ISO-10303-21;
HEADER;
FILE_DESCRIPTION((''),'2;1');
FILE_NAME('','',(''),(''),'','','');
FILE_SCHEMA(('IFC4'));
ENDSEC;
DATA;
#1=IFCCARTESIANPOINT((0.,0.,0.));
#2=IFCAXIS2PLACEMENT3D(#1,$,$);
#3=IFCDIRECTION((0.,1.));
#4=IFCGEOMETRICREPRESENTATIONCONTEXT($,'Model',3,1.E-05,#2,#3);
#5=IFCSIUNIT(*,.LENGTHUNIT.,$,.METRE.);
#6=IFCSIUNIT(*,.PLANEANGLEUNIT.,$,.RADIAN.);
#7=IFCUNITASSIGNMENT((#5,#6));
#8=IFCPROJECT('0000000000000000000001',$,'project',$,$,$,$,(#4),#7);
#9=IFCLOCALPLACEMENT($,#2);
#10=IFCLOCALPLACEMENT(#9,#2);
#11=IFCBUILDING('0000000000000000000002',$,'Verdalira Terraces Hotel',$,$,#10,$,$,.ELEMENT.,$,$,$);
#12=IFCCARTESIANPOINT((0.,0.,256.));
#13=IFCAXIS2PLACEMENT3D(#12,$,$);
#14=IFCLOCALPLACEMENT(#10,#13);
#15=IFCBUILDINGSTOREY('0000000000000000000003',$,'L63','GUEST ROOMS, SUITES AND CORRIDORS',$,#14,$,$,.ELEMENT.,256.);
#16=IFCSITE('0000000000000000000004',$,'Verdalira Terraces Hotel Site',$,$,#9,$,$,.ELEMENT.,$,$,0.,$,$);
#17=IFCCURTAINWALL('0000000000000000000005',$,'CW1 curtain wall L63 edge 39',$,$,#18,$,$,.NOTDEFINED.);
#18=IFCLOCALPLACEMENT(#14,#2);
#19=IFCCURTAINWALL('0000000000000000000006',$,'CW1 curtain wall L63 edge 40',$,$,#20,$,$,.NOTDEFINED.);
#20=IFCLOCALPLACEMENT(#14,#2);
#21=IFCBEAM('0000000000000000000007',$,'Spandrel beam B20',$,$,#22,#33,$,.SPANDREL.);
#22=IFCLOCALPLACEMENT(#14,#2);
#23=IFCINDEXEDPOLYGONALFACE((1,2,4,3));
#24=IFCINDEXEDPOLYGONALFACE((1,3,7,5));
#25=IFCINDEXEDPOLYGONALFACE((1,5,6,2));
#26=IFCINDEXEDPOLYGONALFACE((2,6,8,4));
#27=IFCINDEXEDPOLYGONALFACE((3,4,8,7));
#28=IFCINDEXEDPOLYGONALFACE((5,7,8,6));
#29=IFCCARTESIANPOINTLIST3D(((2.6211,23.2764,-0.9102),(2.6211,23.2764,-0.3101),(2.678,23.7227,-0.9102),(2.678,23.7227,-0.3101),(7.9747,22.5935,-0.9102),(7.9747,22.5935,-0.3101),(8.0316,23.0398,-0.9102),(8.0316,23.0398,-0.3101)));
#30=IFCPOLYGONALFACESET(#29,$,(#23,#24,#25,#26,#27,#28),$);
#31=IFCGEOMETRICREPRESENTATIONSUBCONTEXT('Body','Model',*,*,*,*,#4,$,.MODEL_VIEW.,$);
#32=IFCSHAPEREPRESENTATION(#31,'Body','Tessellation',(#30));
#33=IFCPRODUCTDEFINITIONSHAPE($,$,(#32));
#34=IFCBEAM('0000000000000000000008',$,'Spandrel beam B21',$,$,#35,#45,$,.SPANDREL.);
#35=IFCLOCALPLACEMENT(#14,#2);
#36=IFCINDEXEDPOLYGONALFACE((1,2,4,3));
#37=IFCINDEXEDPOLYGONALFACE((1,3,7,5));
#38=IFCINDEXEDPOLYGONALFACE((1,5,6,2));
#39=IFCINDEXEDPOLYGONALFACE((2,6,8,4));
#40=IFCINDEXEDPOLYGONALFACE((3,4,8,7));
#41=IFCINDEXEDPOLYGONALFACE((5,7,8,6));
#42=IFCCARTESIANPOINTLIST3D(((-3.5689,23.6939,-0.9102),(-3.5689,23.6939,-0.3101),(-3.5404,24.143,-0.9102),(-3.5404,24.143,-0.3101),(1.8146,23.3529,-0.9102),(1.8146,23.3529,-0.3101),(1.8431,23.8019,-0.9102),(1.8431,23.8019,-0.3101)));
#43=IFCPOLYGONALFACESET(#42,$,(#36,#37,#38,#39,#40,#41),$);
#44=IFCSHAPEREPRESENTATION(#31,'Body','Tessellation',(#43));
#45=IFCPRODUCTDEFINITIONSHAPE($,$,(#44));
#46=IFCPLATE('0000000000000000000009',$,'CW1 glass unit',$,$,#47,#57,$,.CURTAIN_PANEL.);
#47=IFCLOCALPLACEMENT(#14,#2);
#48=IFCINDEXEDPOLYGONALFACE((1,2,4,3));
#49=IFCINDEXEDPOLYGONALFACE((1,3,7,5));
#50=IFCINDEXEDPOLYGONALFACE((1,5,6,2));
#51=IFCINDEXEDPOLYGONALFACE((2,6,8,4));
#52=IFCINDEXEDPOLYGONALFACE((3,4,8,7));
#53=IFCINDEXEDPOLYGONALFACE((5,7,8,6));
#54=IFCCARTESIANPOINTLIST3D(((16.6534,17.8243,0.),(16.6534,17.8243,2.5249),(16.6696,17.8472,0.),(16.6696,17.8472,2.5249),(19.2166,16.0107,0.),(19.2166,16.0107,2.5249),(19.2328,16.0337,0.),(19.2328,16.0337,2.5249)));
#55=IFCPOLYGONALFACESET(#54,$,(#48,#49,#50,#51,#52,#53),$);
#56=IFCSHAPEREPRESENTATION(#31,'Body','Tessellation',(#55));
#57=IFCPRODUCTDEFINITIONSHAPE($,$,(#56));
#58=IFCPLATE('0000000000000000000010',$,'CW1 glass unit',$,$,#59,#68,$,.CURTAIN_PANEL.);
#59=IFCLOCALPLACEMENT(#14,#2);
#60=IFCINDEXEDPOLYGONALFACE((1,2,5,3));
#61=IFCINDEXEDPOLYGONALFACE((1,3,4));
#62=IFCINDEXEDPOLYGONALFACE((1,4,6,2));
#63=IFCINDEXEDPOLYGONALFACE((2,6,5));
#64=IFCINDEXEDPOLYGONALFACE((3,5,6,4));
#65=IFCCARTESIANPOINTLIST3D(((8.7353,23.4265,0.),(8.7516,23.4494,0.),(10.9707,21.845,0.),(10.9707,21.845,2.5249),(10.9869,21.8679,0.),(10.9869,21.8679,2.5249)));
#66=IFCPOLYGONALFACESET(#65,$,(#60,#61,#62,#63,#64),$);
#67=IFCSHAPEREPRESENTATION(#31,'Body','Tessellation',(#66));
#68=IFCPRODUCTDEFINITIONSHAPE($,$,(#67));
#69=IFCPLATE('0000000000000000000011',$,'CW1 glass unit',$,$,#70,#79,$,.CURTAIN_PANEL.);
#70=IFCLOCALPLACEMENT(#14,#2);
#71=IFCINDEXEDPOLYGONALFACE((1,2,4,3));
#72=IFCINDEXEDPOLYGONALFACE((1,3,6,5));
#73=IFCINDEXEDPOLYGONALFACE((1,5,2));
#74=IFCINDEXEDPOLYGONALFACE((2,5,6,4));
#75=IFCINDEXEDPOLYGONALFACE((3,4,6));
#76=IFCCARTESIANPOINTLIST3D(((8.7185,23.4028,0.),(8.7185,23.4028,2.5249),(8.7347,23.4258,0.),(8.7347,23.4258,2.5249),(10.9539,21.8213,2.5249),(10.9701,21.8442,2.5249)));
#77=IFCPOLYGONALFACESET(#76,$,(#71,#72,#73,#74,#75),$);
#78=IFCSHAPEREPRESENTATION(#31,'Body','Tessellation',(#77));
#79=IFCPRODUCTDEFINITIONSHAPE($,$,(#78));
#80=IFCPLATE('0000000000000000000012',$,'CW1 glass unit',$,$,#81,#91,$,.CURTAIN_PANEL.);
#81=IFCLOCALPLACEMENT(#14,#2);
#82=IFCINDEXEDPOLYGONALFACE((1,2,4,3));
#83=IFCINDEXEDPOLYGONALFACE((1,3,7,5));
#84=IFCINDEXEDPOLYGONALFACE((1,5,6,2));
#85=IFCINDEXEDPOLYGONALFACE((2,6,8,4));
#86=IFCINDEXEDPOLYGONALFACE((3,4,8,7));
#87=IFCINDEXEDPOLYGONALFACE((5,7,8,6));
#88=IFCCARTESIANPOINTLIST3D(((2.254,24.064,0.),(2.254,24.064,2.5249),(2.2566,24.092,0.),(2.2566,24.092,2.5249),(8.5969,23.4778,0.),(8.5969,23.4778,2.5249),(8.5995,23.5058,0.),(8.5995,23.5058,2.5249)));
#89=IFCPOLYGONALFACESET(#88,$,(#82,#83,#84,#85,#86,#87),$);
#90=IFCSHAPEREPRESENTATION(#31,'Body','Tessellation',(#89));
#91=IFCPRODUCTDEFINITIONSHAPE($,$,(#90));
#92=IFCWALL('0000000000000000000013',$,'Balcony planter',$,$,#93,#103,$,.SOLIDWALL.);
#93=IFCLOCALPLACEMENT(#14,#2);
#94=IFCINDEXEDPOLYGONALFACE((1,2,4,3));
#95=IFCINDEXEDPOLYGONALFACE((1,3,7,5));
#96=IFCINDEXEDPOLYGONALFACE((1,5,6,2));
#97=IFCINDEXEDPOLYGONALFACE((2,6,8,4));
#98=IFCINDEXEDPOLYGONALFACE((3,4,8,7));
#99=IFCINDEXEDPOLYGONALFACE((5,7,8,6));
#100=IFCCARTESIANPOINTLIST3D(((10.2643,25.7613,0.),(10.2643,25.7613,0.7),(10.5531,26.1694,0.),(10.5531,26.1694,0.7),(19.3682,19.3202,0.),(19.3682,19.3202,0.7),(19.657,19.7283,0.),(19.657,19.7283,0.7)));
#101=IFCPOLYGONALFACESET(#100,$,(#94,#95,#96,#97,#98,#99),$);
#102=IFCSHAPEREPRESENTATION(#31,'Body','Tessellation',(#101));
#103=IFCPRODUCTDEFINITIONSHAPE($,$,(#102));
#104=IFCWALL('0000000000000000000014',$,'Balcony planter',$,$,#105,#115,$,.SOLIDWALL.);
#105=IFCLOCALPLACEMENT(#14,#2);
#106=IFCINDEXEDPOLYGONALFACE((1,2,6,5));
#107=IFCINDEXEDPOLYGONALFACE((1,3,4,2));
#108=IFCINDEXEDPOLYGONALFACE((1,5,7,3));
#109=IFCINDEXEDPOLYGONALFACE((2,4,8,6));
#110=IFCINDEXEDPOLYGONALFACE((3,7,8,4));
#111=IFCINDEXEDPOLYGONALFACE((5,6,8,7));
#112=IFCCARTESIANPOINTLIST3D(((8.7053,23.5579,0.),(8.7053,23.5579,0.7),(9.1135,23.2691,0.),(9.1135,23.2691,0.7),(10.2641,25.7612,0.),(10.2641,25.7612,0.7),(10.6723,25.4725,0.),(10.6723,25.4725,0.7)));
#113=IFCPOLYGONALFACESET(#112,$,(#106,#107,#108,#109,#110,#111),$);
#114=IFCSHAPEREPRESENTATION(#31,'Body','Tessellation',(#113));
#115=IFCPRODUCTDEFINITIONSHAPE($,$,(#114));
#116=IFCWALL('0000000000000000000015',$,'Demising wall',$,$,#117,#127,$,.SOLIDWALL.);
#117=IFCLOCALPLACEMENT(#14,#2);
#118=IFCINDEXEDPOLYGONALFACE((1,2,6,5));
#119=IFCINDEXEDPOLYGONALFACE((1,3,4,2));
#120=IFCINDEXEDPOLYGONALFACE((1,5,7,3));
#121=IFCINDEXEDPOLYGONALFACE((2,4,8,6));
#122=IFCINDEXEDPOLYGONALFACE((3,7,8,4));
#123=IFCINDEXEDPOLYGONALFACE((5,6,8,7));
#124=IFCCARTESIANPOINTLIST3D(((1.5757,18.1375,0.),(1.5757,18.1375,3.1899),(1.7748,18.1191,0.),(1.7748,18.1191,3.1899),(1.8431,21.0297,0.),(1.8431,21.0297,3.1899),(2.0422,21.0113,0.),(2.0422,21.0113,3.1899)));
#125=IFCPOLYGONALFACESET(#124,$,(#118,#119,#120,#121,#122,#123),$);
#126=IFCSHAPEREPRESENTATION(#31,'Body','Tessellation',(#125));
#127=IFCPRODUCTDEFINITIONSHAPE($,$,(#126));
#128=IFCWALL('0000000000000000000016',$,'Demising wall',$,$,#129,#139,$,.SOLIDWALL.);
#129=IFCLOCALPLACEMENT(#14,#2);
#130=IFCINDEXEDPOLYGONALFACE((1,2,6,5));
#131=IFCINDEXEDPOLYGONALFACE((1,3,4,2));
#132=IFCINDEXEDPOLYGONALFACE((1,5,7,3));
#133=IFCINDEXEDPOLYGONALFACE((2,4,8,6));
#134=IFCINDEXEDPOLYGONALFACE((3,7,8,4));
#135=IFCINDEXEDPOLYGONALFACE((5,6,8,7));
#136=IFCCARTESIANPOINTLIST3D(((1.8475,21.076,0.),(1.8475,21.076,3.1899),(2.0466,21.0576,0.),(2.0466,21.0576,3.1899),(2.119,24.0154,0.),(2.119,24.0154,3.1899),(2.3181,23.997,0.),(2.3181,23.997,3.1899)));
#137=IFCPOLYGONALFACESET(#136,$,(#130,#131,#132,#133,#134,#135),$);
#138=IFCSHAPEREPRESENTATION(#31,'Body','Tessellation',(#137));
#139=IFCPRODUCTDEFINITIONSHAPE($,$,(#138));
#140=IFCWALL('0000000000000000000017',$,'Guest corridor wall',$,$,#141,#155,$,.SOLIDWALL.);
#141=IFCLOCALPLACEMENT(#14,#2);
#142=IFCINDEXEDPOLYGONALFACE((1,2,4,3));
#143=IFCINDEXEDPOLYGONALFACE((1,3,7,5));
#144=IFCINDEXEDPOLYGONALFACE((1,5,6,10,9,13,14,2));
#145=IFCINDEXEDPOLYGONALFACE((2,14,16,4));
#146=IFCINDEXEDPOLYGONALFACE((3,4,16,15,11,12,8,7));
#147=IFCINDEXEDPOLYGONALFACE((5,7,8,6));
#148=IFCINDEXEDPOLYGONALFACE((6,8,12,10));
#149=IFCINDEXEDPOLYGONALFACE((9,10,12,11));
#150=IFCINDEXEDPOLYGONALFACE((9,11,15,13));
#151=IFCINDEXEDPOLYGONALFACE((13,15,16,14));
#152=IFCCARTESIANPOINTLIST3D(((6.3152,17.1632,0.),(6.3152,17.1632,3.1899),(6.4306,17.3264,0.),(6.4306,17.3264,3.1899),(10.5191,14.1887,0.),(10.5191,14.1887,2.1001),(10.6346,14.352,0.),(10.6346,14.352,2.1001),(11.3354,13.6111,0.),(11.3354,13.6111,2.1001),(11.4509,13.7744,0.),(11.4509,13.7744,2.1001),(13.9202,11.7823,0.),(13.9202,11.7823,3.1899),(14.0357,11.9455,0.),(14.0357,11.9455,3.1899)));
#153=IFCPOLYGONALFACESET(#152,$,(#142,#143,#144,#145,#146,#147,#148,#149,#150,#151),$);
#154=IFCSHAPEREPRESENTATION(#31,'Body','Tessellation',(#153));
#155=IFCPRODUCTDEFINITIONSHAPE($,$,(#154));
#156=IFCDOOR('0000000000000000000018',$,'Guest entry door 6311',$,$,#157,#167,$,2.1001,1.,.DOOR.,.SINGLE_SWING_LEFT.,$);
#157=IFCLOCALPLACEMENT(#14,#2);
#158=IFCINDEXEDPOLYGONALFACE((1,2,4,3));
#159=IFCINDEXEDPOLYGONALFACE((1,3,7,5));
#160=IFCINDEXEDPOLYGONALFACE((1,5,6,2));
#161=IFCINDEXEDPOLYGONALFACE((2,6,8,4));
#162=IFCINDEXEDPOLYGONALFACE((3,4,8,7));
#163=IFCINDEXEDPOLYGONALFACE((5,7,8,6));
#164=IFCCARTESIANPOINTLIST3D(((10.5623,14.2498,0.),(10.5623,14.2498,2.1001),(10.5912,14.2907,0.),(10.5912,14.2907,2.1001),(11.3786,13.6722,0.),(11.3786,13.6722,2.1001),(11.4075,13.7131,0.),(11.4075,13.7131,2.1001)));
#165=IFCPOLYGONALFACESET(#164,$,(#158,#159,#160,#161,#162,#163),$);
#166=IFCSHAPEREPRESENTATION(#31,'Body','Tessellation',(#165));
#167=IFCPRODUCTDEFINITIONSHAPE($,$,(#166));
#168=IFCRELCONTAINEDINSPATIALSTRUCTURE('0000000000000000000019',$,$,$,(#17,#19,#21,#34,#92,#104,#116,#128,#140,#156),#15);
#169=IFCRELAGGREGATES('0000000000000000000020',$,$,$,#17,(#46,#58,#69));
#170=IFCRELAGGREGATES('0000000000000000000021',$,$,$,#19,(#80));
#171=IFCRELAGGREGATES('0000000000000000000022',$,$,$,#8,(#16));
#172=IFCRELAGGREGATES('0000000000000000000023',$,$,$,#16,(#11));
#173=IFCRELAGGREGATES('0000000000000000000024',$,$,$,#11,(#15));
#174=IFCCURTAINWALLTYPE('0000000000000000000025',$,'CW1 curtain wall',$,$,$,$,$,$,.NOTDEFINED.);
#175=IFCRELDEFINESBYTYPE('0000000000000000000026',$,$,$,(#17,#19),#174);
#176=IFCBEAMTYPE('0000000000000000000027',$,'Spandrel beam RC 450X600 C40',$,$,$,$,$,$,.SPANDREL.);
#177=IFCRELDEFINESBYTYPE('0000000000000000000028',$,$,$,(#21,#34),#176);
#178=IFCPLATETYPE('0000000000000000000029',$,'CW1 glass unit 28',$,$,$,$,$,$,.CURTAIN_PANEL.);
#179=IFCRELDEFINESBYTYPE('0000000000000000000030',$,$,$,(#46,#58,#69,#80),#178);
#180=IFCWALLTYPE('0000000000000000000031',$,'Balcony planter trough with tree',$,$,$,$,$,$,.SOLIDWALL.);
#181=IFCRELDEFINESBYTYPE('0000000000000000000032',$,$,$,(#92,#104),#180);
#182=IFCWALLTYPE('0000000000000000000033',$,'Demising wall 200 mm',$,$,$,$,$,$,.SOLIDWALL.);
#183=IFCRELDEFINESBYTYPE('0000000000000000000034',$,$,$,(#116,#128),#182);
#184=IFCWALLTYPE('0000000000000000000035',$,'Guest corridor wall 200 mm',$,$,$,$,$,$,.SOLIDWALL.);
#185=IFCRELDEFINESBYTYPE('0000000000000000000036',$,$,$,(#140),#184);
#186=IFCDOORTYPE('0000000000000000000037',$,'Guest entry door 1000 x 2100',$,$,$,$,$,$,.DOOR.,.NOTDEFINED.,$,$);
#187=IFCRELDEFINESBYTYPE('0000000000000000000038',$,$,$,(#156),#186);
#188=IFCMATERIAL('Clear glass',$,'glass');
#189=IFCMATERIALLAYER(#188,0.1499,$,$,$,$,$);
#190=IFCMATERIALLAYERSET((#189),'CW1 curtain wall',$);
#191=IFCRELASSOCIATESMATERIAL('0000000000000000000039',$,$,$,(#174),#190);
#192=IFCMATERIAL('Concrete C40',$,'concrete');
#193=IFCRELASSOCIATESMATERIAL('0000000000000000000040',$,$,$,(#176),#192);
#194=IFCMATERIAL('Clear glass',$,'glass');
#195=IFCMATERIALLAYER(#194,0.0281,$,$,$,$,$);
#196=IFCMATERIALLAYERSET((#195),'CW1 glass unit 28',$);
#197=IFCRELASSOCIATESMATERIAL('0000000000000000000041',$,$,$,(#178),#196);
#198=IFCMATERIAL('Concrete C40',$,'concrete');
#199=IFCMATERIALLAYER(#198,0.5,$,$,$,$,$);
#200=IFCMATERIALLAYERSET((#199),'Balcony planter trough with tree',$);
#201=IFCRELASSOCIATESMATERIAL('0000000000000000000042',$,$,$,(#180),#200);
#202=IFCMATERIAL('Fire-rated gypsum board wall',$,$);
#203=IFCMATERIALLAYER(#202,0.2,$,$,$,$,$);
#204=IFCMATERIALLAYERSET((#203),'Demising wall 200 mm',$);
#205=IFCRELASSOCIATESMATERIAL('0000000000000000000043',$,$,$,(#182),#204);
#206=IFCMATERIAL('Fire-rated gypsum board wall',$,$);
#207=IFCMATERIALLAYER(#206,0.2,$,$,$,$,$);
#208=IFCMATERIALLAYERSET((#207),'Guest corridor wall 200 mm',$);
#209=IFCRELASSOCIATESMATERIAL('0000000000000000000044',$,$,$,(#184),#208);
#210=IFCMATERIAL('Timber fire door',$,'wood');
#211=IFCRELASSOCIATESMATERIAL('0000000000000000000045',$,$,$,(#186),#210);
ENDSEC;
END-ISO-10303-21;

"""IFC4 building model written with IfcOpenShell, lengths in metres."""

from ifc_helpers import new_model, si_unit, direction, frame, frame_2d, origin, origin_2d, place, context, subcontext, project, spatial, polyline, rectangle, outline, extrude, material, layer, layer_set, material_profile, profile_set, type_object, element, fill, aggregate, save


model = new_model("IFC4")

# Units and contexts
model_context = context("Model", 3, precision=1e-05, world=origin(), true_north=direction((0.0, 1.0)))
body_context = subcontext(model_context, "Body", "Model", "MODEL_VIEW")
ifc_project = project(units=[si_unit("LENGTHUNIT", "METRE"), si_unit("PLANEANGLEUNIT", "RADIAN")], contexts=[model_context])

# Site, building, storey
site_placement = place(None, origin())
site = spatial("IfcSite", under=ifc_project, at=site_placement, Name="Verdalira Terraces Hotel Site", CompositionType="ELEMENT", RefElevation=0.0)
building_placement = place(site_placement, origin())
building = spatial("IfcBuilding", under=site, at=building_placement, Name="Verdalira Terraces Hotel", CompositionType="ELEMENT")
storey_placement = place(building_placement, frame((0.0, 0.0, 256.0)))
storey = spatial("IfcBuildingStorey", under=building, at=storey_placement, Name="L63", Description="GUEST ROOMS, SUITES AND CORRIDORS", CompositionType="ELEMENT", Elevation=256.0)

# Curtain wall
ifc_material_1 = material(Name="Clear glass", Category="glass")
ifc_layer_1 = layer(ifc_material_1, 0.1499)
ifc_layer_set_1 = layer_set([ifc_layer_1], Name="CW1 curtain wall")
curtain_wall_type = type_object("IfcCurtainWallType", Name="CW1 curtain wall", PredefinedType="NOTDEFINED", material=ifc_layer_set_1)
curtain_wall_1_placement = place(storey_placement, origin())
curtain_wall_1 = element("IfcCurtainWall", 1, at=curtain_wall_1_placement, inside=storey, type_object=curtain_wall_type, Name="CW1 curtain wall L63 edge 39", PredefinedType="NOTDEFINED")

# Curtain wall
curtain_wall_2_placement = place(storey_placement, origin())
curtain_wall_2 = element("IfcCurtainWall", 2, at=curtain_wall_2_placement, inside=storey, type_object=curtain_wall_type, Name="CW1 curtain wall L63 edge 40", PredefinedType="NOTDEFINED")

# Beams
ifc_material_2 = material(Name="Concrete C40", Category="concrete")
ifc_material_profile_1 = material_profile(ifc_material_2, rectangle(XDim=0.45, YDim=0.6001, at=origin_2d()), Name="RC 450X600")
ifc_profile_set_1 = profile_set([ifc_material_profile_1], Name="Concrete C40")
beam_type_1 = type_object("IfcBeamType", Name="Spandrel beam RC 450X600 C40", PredefinedType="SPANDREL", material=ifc_profile_set_1)
beam_1_placement = place(storey_placement, frame((8.0032, 22.8166, -0.6101), z_axis=(-0.991963, 0.126529, 0.0), x_axis=(-0.126529, -0.991963, 0.0)))
element("IfcBeam", 3, at=beam_1_placement, inside=storey, type_object=beam_type_1, Name="Spandrel beam B20", PredefinedType="SPANDREL", context=body_context, shape_type="SweptSolid", body=[
    extrude(rectangle(XDim=0.45, YDim=0.6001, at=origin_2d()), origin(), (0.0, 0.0, 1.0), 5.397),
])
beam_2_placement = place(storey_placement, frame((1.8289, 23.5774, -0.6101), z_axis=(-0.997999, 0.063226, 0.0), x_axis=(-0.063226, -0.997999, 0.0)))
element("IfcBeam", 4, at=beam_2_placement, inside=storey, type_object=beam_type_1, Name="Spandrel beam B21", PredefinedType="SPANDREL", context=body_context, shape_type="SweptSolid", body=[
    extrude(rectangle(XDim=0.45, YDim=0.6001, at=origin_2d()), origin(), (0.0, 0.0, 1.0), 5.3943),
])

# Plates
ifc_material_3 = material(Name="Clear glass", Category="glass")
ifc_layer_2 = layer(ifc_material_3, 0.0281)
ifc_layer_set_2 = layer_set([ifc_layer_2], Name="CW1 glass unit 28")
plate_type = type_object("IfcPlateType", Name="CW1 glass unit 28", PredefinedType="CURTAIN_PANEL", material=ifc_layer_set_2)
plate_1_placement = place(storey_placement, frame((17.9431, 16.929, 0.0), z_axis=(0.0, 0.0, 1.0), x_axis=(-0.816339, 0.577573, 0.0)))
plate_1 = element("IfcPlate", 5, at=plate_1_placement, type_object=plate_type, Name="CW1 glass unit", PredefinedType="CURTAIN_PANEL", context=body_context, shape_type="SweptSolid", body=[
    extrude(rectangle(XDim=3.1399, YDim=0.0281, at=origin_2d()), origin(), (0.0, 0.0, 1.0), 2.5249),
])
plate_2_placement = place(storey_placement, frame((9.853, 22.6357, 1.2625), z_axis=(0.577573, 0.816339, 0.0), x_axis=(-0.816339, 0.577573, 0.0)))
plate_2 = element("IfcPlate", 6, at=plate_2_placement, type_object=plate_type, Name="CW1 glass unit", PredefinedType="CURTAIN_PANEL", context=body_context, shape_type="SweptSolid", body=[
    extrude(outline(polyline([(-1.3691, -1.2625), (1.3691, -1.2625), (-1.3691, 1.2625), (-1.3691, -1.2625)])), origin(), (0.0, 0.0, 1.0), 0.0281),
])
plate_3_placement = place(storey_placement, frame((9.8362, 22.6121, 1.2625), z_axis=(0.577573, 0.816339, 0.0), x_axis=(-0.816339, 0.577573, 0.0)))
plate_3 = element("IfcPlate", 7, at=plate_3_placement, type_object=plate_type, Name="CW1 glass unit", PredefinedType="CURTAIN_PANEL", context=body_context, shape_type="SweptSolid", body=[
    extrude(outline(polyline([(1.3691, -1.2625), (1.3691, 1.2625), (-1.3691, 1.2625), (1.3691, -1.2625)])), origin(), (0.0, 0.0, 1.0), 0.0281),
])
aggregate(curtain_wall_1, [plate_1, plate_2, plate_3])
plate_4_placement = place(storey_placement, frame((5.4268, 23.7849, 0.0), z_axis=(0.0, 0.0, 1.0), x_axis=(-0.995757, 0.092023, 0.0)))
plate_4 = element("IfcPlate", 8, at=plate_4_placement, type_object=plate_type, Name="CW1 glass unit", PredefinedType="CURTAIN_PANEL", context=body_context, shape_type="SweptSolid", body=[
    extrude(rectangle(XDim=6.3699, YDim=0.0281, at=origin_2d()), origin(), (0.0, 0.0, 1.0), 2.5249),
])
aggregate(curtain_wall_2, [plate_4])

# Walls
ifc_material_4 = material(Name="Concrete C40", Category="concrete")
ifc_layer_3 = layer(ifc_material_4, 0.5)
ifc_layer_set_3 = layer_set([ifc_layer_3], Name="Balcony planter trough with tree")
wall_type_1 = type_object("IfcWallType", Name="Balcony planter trough with tree", PredefinedType="SOLIDWALL", material=ifc_layer_set_3)
wall_1_placement = place(storey_placement, frame((19.5127, 19.5242, 0.0), z_axis=(0.0, 0.0, 1.0), x_axis=(-0.816342, 0.577569, 0.0)))
element("IfcWall", 9, at=wall_1_placement, inside=storey, type_object=wall_type_1, Name="Balcony planter", PredefinedType="SOLIDWALL", context=body_context, shape_type="SweptSolid", body=[
    extrude(rectangle(XDim=11.1521, YDim=0.5, at=frame_2d((5.5762, 0.0))), origin(), (0.0, 0.0, 1.0), 0.7),
])
wall_2_placement = place(storey_placement, frame((10.4683, 25.6169, 0.0), z_axis=(0.0, 0.0, 1.0), x_axis=(-0.577553, -0.816353, 0.0)))
element("IfcWall", 10, at=wall_2_placement, inside=storey, type_object=wall_type_1, Name="Balcony planter", PredefinedType="SOLIDWALL", context=body_context, shape_type="SweptSolid", body=[
    extrude(rectangle(XDim=2.699, YDim=0.5, at=frame_2d((1.3496, 0.0))), origin(), (0.0, 0.0, 1.0), 0.7),
])
ifc_material_5 = material(Name="Fire-rated gypsum board wall")
ifc_layer_4 = layer(ifc_material_5, 0.2)
ifc_layer_set_4 = layer_set([ifc_layer_4], Name="Demising wall 200 mm")
wall_type_2 = type_object("IfcWallType", Name="Demising wall 200 mm", PredefinedType="SOLIDWALL", material=ifc_layer_set_4)
wall_3_placement = place(storey_placement, frame((1.6753, 18.1284, 0.0), z_axis=(0.0, 0.0, 1.0), x_axis=(0.092036, 0.995756, 0.0)))
element("IfcWall", 11, at=wall_3_placement, inside=storey, type_object=wall_type_2, Name="Demising wall", PredefinedType="SOLIDWALL", context=body_context, shape_type="SweptSolid", body=[
    extrude(rectangle(XDim=2.9045, YDim=0.2, at=frame_2d((1.4521, 0.0))), origin(), (0.0, 0.0, 1.0), 3.1899),
])
wall_4_placement = place(storey_placement, frame((1.947, 21.0666, 0.0), z_axis=(0.0, 0.0, 1.0), x_axis=(0.091967, 0.995762, 0.0)))
element("IfcWall", 12, at=wall_4_placement, inside=storey, type_object=wall_type_2, Name="Demising wall", PredefinedType="SOLIDWALL", context=body_context, shape_type="SweptSolid", body=[
    extrude(rectangle(XDim=2.9519, YDim=0.2, at=frame_2d((1.4761, 0.0))), origin(), (0.0, 0.0, 1.0), 3.1899),
])

# Wall, opening, door
ifc_material_6 = material(Name="Fire-rated gypsum board wall")
ifc_layer_5 = layer(ifc_material_6, 0.2)
ifc_layer_set_5 = layer_set([ifc_layer_5], Name="Guest corridor wall 200 mm")
wall_type_3 = type_object("IfcWallType", Name="Guest corridor wall 200 mm", PredefinedType="SOLIDWALL", material=ifc_layer_set_5)
wall_5_placement = place(storey_placement, frame((6.3728, 17.2449, 0.0), z_axis=(0.0, 0.0, 1.0), x_axis=(0.816328, -0.577588, 0.0)))
wall_5 = element("IfcWall", 13, at=wall_5_placement, inside=storey, type_object=wall_type_3, Name="Guest corridor wall", PredefinedType="SOLIDWALL", context=body_context, shape_type="SweptSolid", body=[
    extrude(rectangle(XDim=9.3162, YDim=0.2, at=frame_2d((4.6582, 0.0))), origin(), (0.0, 0.0, 1.0), 3.1899),
])
opening_1_placement = place(wall_5_placement, frame((5.1499, 0.0, 0.0)))
opening_1 = element("IfcOpeningElement", 14, at=opening_1_placement, cuts=wall_5, PredefinedType="OPENING", context=body_context, shape_type="SweptSolid", body=[
    extrude(rectangle(XDim=1.0, YDim=2.1001, at=frame_2d((0.5, 1.05))), frame((0.0, 0.1099, 0.0), z_axis=(0.0, -1.0, 0.0), x_axis=(1.0, 0.0, 0.0)), (0.0, 0.0, 1.0), 0.22),
])
ifc_material_7 = material(Name="Timber fire door", Category="wood")
door_type_1 = type_object("IfcDoorType", Name="Guest entry door 1000 x 2100", OperationType="NOTDEFINED", PredefinedType="DOOR", material=ifc_material_7)
door_1_placement = place(opening_1_placement, origin())
door_1 = element("IfcDoor", 15, at=door_1_placement, inside=storey, type_object=door_type_1, Name="Guest entry door 6311", OperationType="SINGLE_SWING_LEFT", OverallHeight=2.1001, OverallWidth=1.0, PredefinedType="DOOR", context=body_context, shape_type="SweptSolid", body=[
    extrude(rectangle(XDim=1.0, YDim=2.1001, at=frame_2d((0.5, 1.05))), frame((0.0, 0.0249, 0.0), z_axis=(0.0, -1.0, 0.0), x_axis=(1.0, 0.0, 0.0)), (0.0, 0.0, 1.0), 0.05),
])
fill(opening_1, door_1)

save(model, "model.ifc")
